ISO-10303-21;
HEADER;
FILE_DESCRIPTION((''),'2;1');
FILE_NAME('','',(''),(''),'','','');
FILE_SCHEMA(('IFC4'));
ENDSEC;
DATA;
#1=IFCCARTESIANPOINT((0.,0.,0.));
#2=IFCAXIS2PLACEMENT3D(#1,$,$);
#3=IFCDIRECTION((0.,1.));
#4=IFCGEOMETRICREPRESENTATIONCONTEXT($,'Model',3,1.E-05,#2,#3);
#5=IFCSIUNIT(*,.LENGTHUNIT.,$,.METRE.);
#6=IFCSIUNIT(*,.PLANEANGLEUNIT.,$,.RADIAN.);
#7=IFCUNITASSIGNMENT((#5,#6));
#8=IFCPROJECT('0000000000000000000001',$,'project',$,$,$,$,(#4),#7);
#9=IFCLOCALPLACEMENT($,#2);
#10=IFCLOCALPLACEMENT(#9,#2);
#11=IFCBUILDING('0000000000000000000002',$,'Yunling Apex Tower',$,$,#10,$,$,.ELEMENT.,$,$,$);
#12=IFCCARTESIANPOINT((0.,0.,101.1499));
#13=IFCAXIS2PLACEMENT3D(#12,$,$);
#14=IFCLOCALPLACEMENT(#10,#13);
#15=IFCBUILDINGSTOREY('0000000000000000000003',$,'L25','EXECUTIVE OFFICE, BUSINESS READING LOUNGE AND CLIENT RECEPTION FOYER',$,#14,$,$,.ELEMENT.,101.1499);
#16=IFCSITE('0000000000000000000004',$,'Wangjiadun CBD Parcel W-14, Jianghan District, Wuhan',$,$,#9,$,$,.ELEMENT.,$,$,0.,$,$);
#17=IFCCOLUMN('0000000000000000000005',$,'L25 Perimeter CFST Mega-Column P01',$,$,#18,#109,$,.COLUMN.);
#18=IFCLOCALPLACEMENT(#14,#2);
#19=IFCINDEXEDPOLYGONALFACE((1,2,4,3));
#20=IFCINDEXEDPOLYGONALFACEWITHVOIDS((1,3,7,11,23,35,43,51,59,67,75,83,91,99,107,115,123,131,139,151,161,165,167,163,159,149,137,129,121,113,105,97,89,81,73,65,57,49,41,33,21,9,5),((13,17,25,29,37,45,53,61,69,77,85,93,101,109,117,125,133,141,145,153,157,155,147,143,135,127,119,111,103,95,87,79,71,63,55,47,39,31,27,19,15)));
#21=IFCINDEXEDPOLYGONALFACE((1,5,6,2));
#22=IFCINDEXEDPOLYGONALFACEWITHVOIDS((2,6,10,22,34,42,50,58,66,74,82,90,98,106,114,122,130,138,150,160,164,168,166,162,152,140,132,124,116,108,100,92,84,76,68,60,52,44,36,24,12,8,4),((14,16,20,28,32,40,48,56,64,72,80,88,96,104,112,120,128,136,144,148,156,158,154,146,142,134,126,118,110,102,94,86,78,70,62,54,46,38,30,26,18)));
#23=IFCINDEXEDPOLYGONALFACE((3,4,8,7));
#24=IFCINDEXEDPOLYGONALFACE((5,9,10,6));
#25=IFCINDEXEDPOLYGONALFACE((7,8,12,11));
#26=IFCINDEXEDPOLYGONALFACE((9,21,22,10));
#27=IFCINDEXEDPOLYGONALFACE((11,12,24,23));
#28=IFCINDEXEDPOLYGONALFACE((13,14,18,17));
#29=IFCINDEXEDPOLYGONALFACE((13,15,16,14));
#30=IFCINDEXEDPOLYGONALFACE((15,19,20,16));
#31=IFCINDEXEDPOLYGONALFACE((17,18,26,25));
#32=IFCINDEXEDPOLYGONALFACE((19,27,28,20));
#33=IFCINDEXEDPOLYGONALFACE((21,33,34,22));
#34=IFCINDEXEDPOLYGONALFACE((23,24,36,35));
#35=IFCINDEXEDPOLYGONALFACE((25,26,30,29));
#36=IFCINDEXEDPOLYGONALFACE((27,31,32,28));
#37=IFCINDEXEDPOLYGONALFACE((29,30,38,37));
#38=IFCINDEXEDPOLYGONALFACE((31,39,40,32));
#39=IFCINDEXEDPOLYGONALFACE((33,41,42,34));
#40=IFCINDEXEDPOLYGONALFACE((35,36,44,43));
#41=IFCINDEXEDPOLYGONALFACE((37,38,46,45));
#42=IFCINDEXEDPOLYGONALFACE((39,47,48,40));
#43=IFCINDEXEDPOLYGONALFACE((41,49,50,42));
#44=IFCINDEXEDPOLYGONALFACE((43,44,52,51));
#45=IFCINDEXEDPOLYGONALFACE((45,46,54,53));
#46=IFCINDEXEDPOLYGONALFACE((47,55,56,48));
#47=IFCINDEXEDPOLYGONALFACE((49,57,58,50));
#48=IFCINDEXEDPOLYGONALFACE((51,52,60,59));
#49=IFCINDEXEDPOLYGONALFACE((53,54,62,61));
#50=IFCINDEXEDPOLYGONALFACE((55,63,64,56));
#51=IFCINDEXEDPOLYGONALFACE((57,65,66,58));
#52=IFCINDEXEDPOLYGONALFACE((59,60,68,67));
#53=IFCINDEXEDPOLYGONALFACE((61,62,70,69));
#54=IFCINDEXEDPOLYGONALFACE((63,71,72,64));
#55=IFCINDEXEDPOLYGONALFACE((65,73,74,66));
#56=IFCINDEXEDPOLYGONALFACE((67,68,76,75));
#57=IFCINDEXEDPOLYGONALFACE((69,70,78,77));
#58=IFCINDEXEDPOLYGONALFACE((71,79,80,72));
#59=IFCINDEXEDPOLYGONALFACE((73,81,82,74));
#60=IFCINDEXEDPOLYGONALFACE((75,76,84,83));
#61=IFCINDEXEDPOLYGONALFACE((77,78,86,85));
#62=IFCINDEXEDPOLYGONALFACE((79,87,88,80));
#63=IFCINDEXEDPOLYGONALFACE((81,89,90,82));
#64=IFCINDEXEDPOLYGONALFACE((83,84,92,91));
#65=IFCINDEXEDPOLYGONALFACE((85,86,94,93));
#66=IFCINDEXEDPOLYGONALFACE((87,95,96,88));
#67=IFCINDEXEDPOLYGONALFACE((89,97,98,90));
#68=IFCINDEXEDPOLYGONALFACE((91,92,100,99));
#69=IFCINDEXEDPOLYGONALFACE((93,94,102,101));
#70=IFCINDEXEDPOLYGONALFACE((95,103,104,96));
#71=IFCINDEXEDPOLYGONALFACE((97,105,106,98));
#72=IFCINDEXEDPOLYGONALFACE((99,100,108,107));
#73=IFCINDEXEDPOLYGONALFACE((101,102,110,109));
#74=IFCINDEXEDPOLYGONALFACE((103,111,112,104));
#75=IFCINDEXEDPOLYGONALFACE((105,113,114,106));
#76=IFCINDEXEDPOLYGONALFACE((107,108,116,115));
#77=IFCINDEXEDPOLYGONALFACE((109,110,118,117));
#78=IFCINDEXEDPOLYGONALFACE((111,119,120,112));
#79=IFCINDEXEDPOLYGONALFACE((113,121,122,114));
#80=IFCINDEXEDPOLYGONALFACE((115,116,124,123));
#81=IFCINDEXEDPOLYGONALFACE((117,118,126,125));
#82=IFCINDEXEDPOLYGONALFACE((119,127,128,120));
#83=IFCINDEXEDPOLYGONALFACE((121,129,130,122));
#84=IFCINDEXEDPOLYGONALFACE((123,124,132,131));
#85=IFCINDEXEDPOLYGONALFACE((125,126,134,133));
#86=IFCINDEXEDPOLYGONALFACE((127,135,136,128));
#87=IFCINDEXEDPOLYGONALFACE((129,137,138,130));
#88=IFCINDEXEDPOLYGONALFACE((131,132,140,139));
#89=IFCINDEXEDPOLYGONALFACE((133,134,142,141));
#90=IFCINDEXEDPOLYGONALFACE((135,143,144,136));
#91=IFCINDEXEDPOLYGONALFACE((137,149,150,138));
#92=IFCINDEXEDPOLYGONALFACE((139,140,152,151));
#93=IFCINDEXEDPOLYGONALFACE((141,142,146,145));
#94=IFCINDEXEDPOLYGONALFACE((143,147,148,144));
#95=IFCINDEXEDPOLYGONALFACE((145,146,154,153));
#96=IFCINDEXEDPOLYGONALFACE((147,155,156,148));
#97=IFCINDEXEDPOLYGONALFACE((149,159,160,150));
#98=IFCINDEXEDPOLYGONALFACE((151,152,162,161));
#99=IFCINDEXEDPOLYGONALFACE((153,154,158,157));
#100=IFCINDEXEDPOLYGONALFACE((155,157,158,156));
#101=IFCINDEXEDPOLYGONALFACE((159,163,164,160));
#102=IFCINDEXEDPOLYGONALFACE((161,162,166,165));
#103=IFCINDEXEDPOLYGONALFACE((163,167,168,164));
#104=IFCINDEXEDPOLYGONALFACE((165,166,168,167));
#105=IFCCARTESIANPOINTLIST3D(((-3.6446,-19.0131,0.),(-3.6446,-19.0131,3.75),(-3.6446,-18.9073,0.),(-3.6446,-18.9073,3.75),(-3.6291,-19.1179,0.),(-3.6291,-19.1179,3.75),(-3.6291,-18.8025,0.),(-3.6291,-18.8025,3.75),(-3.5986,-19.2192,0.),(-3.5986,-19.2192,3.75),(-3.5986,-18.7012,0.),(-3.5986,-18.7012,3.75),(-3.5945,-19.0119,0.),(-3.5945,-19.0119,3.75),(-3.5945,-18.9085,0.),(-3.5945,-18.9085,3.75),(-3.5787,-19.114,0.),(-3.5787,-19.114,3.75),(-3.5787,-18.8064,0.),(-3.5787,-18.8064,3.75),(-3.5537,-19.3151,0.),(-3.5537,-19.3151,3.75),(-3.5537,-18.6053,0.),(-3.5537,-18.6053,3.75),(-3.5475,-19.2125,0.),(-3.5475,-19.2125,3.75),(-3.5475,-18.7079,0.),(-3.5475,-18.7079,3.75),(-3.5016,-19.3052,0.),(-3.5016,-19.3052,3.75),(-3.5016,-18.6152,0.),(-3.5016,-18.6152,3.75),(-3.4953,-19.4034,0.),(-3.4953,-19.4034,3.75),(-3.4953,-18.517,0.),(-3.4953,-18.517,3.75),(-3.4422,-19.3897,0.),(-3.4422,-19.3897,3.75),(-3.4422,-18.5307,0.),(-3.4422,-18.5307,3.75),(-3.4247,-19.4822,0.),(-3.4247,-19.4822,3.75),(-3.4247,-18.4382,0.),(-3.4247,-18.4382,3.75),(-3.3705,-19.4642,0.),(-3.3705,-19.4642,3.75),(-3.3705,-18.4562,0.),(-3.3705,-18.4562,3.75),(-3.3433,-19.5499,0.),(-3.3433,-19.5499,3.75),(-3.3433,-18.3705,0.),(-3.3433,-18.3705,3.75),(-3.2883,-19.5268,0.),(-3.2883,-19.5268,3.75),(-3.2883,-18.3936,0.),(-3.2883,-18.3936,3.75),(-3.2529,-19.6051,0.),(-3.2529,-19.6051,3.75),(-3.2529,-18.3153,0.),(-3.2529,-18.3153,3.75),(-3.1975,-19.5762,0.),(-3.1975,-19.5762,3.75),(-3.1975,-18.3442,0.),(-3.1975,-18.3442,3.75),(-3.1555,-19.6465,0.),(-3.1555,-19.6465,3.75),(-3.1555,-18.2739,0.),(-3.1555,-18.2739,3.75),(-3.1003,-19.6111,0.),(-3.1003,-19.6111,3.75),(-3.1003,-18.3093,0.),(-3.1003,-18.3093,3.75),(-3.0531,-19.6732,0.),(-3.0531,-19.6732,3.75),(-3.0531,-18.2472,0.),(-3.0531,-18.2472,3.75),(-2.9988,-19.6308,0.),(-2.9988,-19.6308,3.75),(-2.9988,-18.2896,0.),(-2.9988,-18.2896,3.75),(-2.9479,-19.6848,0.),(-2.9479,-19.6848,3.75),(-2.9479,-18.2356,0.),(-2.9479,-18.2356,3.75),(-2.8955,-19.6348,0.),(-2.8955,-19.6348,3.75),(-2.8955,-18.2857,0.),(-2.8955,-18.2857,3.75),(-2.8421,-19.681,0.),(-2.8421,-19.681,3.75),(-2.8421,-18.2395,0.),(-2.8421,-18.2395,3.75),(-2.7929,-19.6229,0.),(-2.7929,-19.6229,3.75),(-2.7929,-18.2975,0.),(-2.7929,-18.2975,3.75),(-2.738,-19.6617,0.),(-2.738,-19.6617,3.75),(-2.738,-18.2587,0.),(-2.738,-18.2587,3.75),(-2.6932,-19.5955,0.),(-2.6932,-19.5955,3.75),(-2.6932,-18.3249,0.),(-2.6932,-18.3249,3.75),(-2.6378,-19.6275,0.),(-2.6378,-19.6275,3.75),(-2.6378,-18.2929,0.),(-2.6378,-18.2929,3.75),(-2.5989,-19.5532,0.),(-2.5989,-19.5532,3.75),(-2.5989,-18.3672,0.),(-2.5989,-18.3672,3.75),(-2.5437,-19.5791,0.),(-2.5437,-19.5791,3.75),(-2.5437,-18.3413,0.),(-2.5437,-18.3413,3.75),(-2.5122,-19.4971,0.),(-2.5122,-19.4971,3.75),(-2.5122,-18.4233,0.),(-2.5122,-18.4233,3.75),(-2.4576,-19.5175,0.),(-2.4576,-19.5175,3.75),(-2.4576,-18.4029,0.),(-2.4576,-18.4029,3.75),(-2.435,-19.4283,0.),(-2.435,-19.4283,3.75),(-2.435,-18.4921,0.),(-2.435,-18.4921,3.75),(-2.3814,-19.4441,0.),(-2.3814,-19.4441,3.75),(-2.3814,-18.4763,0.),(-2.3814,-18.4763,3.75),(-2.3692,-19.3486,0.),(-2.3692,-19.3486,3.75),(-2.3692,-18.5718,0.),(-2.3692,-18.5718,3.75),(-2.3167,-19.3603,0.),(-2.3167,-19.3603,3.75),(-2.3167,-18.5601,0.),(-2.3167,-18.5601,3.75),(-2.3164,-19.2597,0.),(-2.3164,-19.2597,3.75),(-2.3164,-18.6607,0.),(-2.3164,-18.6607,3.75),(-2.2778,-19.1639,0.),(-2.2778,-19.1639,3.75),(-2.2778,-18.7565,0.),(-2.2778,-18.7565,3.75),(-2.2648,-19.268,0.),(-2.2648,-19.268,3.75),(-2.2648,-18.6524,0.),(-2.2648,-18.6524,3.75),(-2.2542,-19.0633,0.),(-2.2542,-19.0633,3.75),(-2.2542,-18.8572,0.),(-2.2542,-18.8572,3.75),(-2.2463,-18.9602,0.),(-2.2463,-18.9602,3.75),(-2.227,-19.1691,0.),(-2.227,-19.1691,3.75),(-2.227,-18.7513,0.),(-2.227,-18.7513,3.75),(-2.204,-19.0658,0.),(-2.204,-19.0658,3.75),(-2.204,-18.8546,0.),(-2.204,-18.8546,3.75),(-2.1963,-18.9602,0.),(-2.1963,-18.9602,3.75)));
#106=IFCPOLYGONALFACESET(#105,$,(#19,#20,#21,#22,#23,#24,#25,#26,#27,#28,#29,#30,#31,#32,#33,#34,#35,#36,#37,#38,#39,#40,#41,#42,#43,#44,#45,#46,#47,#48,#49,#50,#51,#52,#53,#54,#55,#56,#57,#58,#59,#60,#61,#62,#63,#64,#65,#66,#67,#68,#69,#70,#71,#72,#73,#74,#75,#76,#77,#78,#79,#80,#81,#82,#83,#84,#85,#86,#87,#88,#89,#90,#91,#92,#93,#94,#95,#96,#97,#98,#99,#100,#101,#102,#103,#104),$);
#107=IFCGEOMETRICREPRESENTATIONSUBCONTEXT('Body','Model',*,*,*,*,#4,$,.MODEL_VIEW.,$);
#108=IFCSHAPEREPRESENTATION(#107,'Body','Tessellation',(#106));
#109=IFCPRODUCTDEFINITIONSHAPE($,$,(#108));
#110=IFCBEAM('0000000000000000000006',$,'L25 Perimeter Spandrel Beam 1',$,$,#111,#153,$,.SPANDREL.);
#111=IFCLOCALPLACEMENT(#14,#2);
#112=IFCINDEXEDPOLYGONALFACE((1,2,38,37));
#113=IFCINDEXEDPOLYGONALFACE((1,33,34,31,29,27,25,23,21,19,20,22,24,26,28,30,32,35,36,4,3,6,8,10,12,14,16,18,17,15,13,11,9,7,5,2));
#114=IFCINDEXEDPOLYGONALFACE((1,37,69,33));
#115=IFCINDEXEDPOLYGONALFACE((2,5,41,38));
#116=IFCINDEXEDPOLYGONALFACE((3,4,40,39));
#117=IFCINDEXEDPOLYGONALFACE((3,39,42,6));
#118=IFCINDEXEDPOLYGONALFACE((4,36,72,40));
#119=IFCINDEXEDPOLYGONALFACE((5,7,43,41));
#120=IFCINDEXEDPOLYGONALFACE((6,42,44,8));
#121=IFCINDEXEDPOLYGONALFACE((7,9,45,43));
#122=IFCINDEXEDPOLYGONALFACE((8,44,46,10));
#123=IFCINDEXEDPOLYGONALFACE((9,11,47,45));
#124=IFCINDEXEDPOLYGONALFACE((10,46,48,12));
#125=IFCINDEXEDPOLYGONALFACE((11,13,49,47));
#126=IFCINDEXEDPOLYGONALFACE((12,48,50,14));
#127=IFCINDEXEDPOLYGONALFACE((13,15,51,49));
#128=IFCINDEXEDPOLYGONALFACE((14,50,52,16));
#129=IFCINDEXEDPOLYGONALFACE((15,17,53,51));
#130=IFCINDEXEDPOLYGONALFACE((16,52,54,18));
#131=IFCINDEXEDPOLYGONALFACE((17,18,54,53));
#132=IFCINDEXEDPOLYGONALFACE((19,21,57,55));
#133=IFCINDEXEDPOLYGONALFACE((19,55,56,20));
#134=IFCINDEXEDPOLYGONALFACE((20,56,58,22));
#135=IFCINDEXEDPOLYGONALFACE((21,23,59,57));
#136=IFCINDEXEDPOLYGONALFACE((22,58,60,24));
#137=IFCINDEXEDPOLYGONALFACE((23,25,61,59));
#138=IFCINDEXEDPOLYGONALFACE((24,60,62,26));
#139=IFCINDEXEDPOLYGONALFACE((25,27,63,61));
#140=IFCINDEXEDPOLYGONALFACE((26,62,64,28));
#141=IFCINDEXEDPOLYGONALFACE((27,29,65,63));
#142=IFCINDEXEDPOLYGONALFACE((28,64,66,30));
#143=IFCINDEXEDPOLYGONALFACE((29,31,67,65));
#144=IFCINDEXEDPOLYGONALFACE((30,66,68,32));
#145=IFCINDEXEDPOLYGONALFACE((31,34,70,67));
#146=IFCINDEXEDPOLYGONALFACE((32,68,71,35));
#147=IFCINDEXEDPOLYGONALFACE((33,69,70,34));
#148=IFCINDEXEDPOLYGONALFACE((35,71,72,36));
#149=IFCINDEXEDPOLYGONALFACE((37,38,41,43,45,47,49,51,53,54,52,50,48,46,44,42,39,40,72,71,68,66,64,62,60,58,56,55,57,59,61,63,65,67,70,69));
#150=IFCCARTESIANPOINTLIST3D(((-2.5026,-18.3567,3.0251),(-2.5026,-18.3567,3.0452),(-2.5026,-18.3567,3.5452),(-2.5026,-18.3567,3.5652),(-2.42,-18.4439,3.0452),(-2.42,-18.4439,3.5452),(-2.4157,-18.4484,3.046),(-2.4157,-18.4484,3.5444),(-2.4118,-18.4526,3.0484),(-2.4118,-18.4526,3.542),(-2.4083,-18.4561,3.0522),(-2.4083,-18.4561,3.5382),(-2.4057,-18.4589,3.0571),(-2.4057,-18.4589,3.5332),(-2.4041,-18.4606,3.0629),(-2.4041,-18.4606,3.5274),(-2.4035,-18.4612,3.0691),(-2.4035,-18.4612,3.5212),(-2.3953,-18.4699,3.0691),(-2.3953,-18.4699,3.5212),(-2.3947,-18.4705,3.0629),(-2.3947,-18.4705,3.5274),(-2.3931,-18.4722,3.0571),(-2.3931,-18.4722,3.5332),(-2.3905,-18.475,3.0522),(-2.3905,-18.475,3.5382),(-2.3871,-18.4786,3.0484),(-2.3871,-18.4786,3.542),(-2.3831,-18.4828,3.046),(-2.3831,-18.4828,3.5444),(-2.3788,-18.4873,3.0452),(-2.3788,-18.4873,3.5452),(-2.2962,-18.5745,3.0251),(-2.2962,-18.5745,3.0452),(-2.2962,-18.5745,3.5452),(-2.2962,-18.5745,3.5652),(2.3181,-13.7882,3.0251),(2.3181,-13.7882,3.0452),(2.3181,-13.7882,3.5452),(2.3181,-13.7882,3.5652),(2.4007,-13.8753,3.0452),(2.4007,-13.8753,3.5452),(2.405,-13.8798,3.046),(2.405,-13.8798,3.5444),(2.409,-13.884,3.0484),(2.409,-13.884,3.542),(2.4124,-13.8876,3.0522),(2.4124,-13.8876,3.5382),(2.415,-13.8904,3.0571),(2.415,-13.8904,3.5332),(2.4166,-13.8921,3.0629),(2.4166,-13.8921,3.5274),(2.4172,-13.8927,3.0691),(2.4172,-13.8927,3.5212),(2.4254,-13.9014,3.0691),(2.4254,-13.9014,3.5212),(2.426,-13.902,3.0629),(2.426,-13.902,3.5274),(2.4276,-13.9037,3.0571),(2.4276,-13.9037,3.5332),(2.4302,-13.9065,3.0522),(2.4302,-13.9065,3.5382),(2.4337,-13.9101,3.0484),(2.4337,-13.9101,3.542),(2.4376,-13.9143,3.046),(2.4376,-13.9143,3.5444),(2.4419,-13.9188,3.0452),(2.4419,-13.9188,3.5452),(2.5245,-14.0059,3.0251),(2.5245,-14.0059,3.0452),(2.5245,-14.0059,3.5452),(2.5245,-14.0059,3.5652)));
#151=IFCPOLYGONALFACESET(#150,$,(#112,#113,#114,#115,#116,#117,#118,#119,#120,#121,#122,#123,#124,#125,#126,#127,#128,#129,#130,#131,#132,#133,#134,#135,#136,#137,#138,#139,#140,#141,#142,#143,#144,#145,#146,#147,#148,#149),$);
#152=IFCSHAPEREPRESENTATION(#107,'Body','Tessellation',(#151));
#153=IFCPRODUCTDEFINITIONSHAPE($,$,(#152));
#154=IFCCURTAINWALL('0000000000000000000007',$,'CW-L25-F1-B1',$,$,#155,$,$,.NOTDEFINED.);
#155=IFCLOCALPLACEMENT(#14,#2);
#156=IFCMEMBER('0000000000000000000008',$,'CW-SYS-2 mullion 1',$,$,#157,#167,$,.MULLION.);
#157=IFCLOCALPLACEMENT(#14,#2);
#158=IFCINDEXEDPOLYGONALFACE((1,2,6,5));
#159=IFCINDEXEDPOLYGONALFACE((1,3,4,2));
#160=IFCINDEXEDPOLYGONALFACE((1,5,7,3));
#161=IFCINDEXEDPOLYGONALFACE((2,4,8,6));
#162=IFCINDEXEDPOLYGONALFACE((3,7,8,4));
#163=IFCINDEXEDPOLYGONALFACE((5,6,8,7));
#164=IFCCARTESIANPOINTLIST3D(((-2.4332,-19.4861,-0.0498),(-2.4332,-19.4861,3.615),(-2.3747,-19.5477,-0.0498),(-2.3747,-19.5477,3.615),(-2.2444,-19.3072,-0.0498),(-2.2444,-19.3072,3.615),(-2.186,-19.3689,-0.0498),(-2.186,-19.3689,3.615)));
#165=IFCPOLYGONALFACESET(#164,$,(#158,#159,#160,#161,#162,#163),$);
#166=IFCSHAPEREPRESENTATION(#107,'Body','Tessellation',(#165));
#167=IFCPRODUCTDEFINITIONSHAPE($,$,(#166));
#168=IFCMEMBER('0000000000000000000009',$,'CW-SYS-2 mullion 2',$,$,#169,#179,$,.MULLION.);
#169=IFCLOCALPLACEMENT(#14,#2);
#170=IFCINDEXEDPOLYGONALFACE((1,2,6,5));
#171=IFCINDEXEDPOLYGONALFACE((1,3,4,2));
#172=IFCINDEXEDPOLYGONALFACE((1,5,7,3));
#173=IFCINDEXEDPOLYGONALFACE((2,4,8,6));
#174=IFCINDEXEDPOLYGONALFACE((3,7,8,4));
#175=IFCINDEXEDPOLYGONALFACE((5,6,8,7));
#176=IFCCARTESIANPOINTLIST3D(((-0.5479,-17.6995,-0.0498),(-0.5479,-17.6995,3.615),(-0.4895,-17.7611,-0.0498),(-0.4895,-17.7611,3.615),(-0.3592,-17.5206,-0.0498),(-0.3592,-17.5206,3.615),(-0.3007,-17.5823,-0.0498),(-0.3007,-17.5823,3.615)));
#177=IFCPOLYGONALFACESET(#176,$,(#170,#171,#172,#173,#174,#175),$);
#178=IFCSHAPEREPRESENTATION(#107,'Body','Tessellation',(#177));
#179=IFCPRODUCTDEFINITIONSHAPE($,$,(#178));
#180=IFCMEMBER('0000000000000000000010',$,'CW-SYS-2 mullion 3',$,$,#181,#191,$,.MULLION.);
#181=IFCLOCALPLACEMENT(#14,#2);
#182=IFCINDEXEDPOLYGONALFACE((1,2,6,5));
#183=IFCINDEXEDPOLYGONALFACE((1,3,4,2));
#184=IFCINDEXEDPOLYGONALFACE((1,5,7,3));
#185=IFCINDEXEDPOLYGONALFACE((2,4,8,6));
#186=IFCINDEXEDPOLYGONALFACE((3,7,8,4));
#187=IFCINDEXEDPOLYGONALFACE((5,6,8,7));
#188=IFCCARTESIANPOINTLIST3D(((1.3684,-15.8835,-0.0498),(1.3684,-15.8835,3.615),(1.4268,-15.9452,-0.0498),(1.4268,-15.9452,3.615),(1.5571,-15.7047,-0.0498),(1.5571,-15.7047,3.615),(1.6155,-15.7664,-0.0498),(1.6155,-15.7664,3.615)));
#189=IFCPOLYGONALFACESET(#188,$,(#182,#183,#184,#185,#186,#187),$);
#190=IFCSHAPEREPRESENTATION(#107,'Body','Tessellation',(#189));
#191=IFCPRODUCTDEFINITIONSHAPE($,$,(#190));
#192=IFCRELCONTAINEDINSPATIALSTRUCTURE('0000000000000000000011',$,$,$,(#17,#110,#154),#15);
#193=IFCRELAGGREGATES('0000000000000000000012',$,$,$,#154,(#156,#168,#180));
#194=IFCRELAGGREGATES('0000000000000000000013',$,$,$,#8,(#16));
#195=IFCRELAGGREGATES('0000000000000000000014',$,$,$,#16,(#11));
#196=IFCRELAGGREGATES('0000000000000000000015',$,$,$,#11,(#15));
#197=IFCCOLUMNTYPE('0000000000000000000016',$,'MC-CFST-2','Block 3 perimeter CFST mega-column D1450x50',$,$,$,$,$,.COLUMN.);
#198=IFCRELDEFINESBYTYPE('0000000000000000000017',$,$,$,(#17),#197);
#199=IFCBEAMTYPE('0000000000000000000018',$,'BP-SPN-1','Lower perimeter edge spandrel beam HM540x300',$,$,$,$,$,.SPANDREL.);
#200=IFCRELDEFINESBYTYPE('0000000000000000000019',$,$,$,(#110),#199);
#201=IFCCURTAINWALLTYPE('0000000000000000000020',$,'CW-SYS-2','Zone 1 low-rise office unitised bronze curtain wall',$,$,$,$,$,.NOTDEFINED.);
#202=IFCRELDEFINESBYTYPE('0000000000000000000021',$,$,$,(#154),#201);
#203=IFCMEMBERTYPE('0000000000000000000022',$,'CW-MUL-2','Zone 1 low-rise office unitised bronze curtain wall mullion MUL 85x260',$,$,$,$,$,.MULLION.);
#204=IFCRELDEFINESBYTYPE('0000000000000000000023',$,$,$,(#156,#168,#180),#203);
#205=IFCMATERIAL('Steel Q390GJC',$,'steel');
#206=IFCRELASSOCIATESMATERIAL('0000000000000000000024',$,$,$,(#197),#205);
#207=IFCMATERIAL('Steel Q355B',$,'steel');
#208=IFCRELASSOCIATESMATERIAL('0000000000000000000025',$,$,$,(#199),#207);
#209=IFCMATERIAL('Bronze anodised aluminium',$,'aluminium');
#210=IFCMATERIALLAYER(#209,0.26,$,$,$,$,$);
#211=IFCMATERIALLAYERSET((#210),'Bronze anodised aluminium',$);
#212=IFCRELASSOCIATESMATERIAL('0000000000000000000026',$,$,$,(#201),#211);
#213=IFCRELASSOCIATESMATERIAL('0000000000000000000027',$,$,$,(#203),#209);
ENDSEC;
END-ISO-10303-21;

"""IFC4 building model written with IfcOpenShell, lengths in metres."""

from ifc_helpers import new_model, si_unit, direction, frame, origin, origin_2d, place, context, subcontext, project, spatial, rectangle, hollow_circle, i_section, extrude, source, transform, mapped, material, layer, layer_set, material_profile, profile_set, type_object, element, aggregate, save


model = new_model("IFC4")

# Units and contexts
model_context = context("Model", 3, precision=1e-05, world=origin(), true_north=direction((0.0, 1.0)))
body_context = subcontext(model_context, "Body", "Model", "MODEL_VIEW")
ifc_project = project(units=[si_unit("LENGTHUNIT", "METRE"), si_unit("PLANEANGLEUNIT", "RADIAN")], contexts=[model_context])

# Site, building, storey
site_placement = place(None, origin())
site = spatial("IfcSite", under=ifc_project, at=site_placement, Name="Wangjiadun CBD Parcel W-14, Jianghan District, Wuhan", CompositionType="ELEMENT", RefElevation=0.0)
building_placement = place(site_placement, origin())
building = spatial("IfcBuilding", under=site, at=building_placement, Name="Yunling Apex Tower", CompositionType="ELEMENT")
storey_placement = place(building_placement, frame((0.0, 0.0, 101.1499)))
storey = spatial("IfcBuildingStorey", under=building, at=storey_placement, Name="L25", Description="EXECUTIVE OFFICE, BUSINESS READING LOUNGE AND CLIENT RECEPTION FOYER", CompositionType="ELEMENT", Elevation=101.1499)

# Column
ifc_material_1 = material(Name="Steel Q390GJC", Category="steel")
ifc_material_profile_1 = material_profile(ifc_material_1, hollow_circle(Radius=0.7251, WallThickness=0.05, at=origin_2d()))
ifc_profile_set_1 = profile_set([ifc_material_profile_1], Name="Steel Q390GJC")
column_type = type_object("IfcColumnType", Name="MC-CFST-2", Description="Block 3 perimeter CFST mega-column D1450x50", PredefinedType="COLUMN", material=ifc_profile_set_1)
shared_shape_1 = source(origin(), body_context, "Body", "SweptSolid", [
    extrude(hollow_circle(Radius=0.7251, WallThickness=0.05, at=origin_2d()), origin(), (0.0, 0.0, 1.0), 3.75),
])
column_placement = place(storey_placement, frame((-2.9214, -18.9602, 0.0), z_axis=(0.0, 0.0, 1.0), x_axis=(1.0, 0.0, 0.0)))
element("IfcColumn", 1, at=column_placement, inside=storey, type_object=column_type, Name="L25 Perimeter CFST Mega-Column P01", PredefinedType="COLUMN", context=body_context, shape_type="MappedRepresentation", body=[
    mapped(shared_shape_1, transform((0.0, 0.0, 0.0), scale=1.0)),
])

# Beam
ifc_material_2 = material(Name="Steel Q355B", Category="steel")
ifc_material_profile_2 = material_profile(ifc_material_2, i_section(OverallWidth=0.3, OverallDepth=0.54, WebThickness=0.012, FlangeThickness=0.02, FilletRadius=0.0239, at=origin_2d()))
ifc_profile_set_2 = profile_set([ifc_material_profile_2], Name="Steel Q355B")
beam_type = type_object("IfcBeamType", Name="BP-SPN-1", Description="Lower perimeter edge spandrel beam HM540x300", PredefinedType="SPANDREL", material=ifc_profile_set_2)
shared_shape_2 = source(origin(), body_context, "Body", "SweptSolid", [
    extrude(i_section(OverallWidth=0.3, OverallDepth=0.54, WebThickness=0.012, FlangeThickness=0.02, FilletRadius=0.0239, at=origin_2d()), origin(), (0.0, 0.0, 1.0), 6.6416),
])
beam_placement = place(storey_placement, frame((-2.3994, -18.4656, 3.2952), z_axis=(0.725838, 0.687866, 0.0), x_axis=(-0.687866, 0.725838, 0.0)))
element("IfcBeam", 2, at=beam_placement, inside=storey, type_object=beam_type, Name="L25 Perimeter Spandrel Beam 1", PredefinedType="SPANDREL", context=body_context, shape_type="MappedRepresentation", body=[
    mapped(shared_shape_2, transform((0.0, 0.0, 0.0), scale=1.0)),
])

# Curtain wall, members
ifc_material_3 = material(Name="Bronze anodised aluminium", Category="aluminium")
ifc_layer_1 = layer(ifc_material_3, 0.26)
ifc_layer_set_1 = layer_set([ifc_layer_1], Name="Bronze anodised aluminium")
curtain_wall_type = type_object("IfcCurtainWallType", Name="CW-SYS-2", Description="Zone 1 low-rise office unitised bronze curtain wall", PredefinedType="NOTDEFINED", material=ifc_layer_set_1)
curtain_wall_1_placement = place(storey_placement, origin())
curtain_wall_1 = element("IfcCurtainWall", 3, at=curtain_wall_1_placement, inside=storey, type_object=curtain_wall_type, Name="CW-L25-F1-B1", PredefinedType="NOTDEFINED")
ifc_material_profile_3 = material_profile(ifc_material_3, rectangle(XDim=0.085, YDim=0.26, at=origin_2d()))
ifc_profile_set_3 = profile_set([ifc_material_profile_3], Name="Bronze anodised aluminium")
member_type_1 = type_object("IfcMemberType", Name="CW-MUL-2", Description="Zone 1 low-rise office unitised bronze curtain wall mullion MUL 85x260", PredefinedType="MULLION", material=ifc_profile_set_3)
shared_shape_3 = source(origin(), body_context, "Body", "SweptSolid", [
    extrude(rectangle(XDim=0.085, YDim=0.26, at=origin_2d()), origin(), (0.0, 0.0, 1.0), 3.6648),
])
member_1_placement = place(storey_placement, frame((-2.3096, -19.4275, -0.0498), z_axis=(0.0, 0.0, 1.0), x_axis=(-0.687861, 0.725842, 0.0)))
member_1 = element("IfcMember", 4, at=member_1_placement, type_object=member_type_1, Name="CW-SYS-2 mullion 1", PredefinedType="MULLION", context=body_context, shape_type="MappedRepresentation", body=[
    mapped(shared_shape_3, transform((0.0, 0.0, 0.0), scale=1.0)),
])
member_2_placement = place(storey_placement, frame((-0.4243, -17.6409, -0.0498), z_axis=(0.0, 0.0, 1.0), x_axis=(-0.687861, 0.725842, 0.0)))
member_2 = element("IfcMember", 5, at=member_2_placement, type_object=member_type_1, Name="CW-SYS-2 mullion 2", PredefinedType="MULLION", context=body_context, shape_type="MappedRepresentation", body=[
    mapped(shared_shape_3, transform((0.0, 0.0, 0.0), scale=1.0)),
])
member_3_placement = place(storey_placement, frame((1.4919, -15.825, -0.0498), z_axis=(0.0, 0.0, 1.0), x_axis=(-0.687861, 0.725842, 0.0)))
member_3 = element("IfcMember", 6, at=member_3_placement, type_object=member_type_1, Name="CW-SYS-2 mullion 3", PredefinedType="MULLION", context=body_context, shape_type="MappedRepresentation", body=[
    mapped(shared_shape_3, transform((0.0, 0.0, 0.0), scale=1.0)),
])

aggregate(curtain_wall_1, [member_1, member_2, member_3])

save(model, "model.ifc")
